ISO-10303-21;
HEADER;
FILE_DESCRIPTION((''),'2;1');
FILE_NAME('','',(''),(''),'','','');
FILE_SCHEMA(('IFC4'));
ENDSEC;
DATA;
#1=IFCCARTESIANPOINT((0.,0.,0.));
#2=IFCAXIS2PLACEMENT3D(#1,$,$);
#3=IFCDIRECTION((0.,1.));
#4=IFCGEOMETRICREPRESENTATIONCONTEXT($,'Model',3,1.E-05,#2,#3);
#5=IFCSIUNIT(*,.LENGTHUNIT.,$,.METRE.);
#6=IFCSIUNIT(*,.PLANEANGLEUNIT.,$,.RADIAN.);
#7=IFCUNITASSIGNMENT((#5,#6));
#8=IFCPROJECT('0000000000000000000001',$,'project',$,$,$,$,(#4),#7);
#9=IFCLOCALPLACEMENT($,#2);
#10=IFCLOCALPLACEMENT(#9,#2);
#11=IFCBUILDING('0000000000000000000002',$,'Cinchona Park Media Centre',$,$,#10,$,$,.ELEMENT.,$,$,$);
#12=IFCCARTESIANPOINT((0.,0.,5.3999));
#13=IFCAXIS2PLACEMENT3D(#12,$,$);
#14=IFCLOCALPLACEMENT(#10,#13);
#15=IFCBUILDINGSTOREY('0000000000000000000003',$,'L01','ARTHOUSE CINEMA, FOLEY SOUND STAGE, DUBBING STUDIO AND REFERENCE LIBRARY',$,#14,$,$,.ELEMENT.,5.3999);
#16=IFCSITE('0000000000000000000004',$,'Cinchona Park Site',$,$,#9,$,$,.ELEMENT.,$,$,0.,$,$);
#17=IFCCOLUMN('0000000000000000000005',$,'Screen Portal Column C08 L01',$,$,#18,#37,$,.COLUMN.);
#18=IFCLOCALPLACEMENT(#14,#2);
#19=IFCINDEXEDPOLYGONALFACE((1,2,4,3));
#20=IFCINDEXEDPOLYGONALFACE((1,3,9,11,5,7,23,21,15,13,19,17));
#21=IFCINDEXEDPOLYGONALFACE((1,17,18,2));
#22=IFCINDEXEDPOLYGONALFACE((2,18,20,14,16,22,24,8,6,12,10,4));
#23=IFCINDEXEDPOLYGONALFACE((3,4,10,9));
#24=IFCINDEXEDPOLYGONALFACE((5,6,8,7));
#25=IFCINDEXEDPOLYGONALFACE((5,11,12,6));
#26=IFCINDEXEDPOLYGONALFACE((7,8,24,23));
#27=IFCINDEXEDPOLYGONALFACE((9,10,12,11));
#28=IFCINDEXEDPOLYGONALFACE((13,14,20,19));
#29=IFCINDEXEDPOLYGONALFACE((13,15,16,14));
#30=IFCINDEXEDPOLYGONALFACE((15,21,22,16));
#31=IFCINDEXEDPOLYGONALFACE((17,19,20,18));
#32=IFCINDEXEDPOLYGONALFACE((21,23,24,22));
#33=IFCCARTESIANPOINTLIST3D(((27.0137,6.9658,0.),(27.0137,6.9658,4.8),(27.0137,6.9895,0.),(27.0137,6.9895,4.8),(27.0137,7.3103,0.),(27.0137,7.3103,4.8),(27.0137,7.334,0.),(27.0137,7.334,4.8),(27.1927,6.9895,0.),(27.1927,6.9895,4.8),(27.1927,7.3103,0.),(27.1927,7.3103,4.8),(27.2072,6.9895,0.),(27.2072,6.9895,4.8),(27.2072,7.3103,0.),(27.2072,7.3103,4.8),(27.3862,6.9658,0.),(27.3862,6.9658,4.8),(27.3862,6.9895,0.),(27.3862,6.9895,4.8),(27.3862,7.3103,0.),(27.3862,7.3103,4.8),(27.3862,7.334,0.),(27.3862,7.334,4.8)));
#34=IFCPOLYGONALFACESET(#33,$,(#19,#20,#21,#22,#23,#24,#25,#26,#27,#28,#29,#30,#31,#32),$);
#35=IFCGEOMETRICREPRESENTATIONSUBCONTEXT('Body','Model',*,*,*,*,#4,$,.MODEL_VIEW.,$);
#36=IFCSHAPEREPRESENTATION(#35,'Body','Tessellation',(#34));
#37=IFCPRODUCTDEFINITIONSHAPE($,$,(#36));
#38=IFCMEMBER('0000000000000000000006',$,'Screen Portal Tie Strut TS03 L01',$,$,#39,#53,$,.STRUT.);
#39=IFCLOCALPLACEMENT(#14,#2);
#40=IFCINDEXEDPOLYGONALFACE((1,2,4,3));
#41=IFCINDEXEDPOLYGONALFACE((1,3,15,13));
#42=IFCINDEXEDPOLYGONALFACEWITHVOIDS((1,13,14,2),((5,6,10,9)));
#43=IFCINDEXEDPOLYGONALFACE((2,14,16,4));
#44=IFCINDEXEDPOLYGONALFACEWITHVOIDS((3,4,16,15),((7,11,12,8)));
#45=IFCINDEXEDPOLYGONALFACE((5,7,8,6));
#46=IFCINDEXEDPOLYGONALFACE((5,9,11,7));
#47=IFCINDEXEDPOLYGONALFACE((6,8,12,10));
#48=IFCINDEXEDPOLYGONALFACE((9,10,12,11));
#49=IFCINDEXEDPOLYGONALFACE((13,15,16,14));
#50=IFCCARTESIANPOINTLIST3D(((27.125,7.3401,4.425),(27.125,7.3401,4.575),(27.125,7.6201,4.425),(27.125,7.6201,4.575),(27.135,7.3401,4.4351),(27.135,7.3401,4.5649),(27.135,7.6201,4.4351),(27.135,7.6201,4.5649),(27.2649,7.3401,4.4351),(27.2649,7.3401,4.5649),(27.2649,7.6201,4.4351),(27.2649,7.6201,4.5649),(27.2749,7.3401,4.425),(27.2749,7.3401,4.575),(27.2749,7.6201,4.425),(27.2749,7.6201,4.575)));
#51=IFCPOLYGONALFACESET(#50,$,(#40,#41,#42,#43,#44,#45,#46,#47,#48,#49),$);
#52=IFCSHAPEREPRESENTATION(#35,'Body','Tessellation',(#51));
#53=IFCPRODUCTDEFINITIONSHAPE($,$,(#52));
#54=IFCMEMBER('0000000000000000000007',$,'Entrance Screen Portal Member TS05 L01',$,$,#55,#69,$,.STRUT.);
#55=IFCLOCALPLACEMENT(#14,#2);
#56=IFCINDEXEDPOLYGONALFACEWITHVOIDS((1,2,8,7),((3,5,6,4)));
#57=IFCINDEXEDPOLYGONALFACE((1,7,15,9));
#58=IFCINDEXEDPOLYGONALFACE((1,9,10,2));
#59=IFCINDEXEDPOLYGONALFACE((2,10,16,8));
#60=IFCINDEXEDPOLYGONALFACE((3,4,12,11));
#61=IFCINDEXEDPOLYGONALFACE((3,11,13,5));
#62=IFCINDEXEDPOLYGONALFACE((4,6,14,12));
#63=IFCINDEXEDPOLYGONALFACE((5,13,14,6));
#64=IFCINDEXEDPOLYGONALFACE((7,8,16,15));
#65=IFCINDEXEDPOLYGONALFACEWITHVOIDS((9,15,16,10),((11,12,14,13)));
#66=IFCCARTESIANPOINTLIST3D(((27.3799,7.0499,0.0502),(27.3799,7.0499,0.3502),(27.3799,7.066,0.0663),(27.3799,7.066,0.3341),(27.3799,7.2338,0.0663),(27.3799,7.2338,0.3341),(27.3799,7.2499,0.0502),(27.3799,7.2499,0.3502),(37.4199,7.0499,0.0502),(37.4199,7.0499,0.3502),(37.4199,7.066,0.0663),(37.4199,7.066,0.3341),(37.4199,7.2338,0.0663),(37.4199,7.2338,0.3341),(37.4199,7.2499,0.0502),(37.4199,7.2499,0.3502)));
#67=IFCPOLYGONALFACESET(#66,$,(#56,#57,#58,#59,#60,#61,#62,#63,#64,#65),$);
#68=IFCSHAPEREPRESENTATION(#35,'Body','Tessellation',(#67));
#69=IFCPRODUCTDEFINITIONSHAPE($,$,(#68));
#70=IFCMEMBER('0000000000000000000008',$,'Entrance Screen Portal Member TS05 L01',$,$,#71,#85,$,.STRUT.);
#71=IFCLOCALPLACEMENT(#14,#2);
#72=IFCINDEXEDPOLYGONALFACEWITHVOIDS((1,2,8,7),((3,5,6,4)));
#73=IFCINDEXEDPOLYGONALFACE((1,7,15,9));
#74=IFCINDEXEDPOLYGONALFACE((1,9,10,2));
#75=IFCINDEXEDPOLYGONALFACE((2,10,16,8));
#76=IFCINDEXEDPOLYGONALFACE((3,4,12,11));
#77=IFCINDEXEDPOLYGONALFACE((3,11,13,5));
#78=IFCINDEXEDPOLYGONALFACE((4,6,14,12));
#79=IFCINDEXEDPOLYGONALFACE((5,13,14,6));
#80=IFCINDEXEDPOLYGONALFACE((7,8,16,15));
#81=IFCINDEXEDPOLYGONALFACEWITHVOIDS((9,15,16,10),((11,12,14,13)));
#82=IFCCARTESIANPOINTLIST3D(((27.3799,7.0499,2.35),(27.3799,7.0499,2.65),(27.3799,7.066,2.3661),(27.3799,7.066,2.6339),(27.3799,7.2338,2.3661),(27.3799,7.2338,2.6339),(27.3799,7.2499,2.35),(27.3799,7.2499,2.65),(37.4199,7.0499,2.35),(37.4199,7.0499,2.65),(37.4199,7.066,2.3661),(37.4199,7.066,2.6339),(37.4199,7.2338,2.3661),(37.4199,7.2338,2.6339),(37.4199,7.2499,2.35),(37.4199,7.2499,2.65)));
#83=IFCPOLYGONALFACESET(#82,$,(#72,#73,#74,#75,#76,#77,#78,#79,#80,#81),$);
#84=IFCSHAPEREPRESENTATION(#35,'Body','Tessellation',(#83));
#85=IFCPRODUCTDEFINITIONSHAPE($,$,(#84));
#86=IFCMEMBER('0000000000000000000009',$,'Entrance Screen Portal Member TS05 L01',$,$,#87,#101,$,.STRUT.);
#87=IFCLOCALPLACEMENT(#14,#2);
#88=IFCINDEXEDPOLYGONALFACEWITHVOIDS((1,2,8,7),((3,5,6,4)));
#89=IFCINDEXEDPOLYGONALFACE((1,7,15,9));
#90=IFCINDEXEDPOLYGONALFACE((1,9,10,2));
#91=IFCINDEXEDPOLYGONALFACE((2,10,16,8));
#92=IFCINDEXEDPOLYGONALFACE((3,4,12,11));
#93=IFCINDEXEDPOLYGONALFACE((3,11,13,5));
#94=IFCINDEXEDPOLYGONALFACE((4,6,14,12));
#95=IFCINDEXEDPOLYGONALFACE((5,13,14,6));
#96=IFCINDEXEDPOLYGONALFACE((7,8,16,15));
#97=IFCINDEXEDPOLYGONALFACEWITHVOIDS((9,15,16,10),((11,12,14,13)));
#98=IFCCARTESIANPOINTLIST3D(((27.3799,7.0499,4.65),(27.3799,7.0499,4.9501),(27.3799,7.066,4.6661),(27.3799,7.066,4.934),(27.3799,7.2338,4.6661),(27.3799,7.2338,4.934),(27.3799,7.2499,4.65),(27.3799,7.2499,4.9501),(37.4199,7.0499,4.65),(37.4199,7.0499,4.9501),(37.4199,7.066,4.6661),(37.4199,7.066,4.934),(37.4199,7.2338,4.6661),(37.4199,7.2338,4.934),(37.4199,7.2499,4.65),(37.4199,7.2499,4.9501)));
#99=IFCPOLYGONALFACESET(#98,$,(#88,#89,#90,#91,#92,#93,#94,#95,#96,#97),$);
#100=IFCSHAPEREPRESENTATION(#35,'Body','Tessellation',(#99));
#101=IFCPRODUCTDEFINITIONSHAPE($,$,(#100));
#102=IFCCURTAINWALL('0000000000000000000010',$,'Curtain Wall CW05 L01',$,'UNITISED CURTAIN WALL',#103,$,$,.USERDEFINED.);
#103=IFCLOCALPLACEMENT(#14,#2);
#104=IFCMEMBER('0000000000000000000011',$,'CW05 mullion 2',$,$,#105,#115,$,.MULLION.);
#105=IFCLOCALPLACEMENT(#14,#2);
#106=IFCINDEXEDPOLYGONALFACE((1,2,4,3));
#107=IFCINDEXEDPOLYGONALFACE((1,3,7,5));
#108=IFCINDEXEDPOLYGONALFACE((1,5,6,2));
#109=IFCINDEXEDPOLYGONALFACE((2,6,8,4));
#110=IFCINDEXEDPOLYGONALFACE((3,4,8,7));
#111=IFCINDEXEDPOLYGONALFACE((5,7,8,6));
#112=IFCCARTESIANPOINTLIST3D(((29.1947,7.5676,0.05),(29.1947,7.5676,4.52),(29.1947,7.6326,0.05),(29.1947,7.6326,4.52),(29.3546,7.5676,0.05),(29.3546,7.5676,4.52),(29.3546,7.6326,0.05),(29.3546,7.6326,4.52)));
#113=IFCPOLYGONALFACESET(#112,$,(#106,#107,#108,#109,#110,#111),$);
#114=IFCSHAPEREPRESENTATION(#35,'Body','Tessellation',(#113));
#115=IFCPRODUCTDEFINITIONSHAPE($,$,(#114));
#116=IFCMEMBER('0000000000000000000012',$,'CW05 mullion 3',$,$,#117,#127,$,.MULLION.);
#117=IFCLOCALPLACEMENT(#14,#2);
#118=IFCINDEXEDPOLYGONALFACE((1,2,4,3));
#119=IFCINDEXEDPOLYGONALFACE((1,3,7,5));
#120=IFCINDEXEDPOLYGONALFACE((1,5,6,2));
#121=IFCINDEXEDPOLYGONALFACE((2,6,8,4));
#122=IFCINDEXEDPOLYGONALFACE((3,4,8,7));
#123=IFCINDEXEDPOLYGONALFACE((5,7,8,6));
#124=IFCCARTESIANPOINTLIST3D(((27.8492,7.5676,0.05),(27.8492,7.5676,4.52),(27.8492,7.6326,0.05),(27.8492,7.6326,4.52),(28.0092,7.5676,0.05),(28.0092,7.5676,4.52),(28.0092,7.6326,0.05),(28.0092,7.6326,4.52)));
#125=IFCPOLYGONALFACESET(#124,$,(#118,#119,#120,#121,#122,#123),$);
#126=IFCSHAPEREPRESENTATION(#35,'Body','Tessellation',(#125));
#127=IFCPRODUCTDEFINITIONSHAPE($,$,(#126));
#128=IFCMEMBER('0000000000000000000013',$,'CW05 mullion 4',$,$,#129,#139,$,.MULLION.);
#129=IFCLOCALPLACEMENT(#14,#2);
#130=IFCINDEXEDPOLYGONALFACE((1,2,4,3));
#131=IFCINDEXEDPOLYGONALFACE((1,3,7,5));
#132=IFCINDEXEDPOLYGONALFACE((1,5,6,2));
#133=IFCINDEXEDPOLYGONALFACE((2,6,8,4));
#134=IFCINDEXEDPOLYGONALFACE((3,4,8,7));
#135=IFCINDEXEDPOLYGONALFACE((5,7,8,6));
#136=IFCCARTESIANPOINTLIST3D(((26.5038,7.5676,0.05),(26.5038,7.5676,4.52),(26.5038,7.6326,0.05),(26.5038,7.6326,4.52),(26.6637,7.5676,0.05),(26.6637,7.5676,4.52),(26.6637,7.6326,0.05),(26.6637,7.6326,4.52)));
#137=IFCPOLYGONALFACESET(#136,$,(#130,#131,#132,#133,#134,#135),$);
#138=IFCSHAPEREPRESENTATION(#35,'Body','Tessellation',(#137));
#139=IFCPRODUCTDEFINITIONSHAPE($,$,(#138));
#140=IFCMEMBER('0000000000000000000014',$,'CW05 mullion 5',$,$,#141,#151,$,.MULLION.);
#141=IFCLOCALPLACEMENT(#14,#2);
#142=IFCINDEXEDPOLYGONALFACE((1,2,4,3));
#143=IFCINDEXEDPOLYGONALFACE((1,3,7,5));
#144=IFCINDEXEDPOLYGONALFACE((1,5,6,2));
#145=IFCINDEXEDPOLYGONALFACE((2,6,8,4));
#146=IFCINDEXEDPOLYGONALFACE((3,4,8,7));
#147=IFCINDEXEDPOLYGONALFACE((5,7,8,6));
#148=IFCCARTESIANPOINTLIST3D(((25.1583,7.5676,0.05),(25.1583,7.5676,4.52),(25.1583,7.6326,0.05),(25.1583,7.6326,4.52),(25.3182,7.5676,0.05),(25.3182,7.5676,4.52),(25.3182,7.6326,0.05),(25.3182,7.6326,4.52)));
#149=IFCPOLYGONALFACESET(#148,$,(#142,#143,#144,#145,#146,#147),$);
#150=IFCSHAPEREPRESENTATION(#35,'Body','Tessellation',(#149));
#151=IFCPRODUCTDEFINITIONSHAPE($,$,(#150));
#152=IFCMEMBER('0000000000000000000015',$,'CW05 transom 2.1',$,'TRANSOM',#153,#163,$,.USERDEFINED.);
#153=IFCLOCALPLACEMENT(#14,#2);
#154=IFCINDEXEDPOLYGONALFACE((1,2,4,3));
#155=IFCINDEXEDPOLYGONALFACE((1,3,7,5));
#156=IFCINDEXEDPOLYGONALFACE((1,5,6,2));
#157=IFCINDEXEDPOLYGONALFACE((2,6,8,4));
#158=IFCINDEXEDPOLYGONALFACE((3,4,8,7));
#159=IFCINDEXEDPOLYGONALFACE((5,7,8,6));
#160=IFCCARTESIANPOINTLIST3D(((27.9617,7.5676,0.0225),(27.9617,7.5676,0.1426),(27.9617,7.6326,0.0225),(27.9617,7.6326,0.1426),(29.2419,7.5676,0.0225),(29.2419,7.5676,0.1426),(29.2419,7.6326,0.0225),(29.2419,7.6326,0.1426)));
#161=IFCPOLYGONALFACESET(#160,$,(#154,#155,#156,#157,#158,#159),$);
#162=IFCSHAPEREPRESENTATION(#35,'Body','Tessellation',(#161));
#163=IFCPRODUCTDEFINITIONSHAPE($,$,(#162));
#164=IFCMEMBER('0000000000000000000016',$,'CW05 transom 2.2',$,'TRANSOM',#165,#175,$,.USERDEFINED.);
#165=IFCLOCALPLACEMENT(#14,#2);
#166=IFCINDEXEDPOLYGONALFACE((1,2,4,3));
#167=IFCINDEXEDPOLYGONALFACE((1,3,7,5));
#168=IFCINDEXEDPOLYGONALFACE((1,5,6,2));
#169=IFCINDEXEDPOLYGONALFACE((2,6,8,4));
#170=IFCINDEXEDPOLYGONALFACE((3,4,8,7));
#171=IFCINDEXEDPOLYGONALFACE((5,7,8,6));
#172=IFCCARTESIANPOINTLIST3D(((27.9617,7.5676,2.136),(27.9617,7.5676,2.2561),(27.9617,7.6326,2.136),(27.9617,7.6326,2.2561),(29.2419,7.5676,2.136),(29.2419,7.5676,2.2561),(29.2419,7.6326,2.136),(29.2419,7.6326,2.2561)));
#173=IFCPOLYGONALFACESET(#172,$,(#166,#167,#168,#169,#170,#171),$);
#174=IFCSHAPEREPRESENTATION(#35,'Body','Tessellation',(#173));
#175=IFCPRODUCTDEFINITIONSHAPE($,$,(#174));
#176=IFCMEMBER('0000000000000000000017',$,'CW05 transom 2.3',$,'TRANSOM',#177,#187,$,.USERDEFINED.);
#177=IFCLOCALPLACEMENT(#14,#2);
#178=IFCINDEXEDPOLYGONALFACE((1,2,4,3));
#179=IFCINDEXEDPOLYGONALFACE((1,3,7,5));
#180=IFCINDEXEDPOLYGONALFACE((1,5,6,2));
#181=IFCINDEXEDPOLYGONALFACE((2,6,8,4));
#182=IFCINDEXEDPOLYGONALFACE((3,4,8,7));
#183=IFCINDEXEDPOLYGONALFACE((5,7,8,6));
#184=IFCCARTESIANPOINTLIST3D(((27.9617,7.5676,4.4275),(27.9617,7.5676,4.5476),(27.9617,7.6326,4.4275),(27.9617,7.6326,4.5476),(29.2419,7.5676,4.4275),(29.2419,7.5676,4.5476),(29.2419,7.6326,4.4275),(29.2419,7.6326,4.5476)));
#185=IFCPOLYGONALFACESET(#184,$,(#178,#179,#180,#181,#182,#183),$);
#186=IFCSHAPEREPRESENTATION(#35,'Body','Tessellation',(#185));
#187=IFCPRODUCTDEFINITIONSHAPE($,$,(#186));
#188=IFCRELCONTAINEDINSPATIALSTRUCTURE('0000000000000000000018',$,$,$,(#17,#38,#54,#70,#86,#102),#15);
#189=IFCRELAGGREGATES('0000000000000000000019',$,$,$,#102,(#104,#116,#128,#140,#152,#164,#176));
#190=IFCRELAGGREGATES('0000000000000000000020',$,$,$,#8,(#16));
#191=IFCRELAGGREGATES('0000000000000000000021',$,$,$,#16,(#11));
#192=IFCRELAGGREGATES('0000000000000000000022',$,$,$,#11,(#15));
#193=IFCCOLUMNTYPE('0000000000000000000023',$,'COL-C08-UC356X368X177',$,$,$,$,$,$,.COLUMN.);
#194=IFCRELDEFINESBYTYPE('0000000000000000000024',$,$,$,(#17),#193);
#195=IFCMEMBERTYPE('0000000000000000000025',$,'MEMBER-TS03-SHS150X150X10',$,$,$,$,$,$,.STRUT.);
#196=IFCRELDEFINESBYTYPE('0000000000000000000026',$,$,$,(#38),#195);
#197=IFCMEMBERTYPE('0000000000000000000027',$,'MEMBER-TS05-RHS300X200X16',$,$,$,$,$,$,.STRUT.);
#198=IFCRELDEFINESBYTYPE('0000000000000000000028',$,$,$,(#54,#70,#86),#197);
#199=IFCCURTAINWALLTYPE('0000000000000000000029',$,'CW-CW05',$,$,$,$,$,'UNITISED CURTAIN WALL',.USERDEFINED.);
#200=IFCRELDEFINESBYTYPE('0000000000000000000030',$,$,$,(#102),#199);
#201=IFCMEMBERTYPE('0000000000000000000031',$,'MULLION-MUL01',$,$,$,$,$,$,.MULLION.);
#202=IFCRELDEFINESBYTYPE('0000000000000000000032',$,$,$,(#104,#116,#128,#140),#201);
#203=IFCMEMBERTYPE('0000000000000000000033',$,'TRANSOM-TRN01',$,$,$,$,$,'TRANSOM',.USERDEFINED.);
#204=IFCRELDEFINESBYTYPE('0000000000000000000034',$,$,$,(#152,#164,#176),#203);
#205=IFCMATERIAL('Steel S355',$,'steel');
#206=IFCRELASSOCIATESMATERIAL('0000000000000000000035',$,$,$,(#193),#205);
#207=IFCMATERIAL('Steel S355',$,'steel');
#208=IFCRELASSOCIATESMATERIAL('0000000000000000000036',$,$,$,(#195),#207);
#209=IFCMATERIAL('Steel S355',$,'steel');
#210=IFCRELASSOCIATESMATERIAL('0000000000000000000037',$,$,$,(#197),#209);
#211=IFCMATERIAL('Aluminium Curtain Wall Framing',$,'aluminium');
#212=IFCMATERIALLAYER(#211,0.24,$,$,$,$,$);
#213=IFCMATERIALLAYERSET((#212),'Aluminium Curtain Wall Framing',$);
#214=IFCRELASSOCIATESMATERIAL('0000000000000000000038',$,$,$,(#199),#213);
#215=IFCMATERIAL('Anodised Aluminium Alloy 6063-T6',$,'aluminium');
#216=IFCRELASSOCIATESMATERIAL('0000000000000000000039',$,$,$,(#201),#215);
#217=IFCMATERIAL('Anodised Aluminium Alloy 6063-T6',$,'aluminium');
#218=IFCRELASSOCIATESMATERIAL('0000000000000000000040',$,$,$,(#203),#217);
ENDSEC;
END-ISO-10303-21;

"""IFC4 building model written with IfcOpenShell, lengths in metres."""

from ifc_helpers import new_model, si_unit, direction, frame, origin, origin_2d, place, context, subcontext, project, spatial, rectangle, hollow_rectangle, i_section, extrude, material, layer, layer_set, material_profile, profile_set, type_object, element, aggregate, save


model = new_model("IFC4")

# Units and contexts
model_context = context("Model", 3, precision=1e-05, world=origin(), true_north=direction((0.0, 1.0)))
body_context = subcontext(model_context, "Body", "Model", "MODEL_VIEW")
ifc_project = project(units=[si_unit("LENGTHUNIT", "METRE"), si_unit("PLANEANGLEUNIT", "RADIAN")], contexts=[model_context])

# Site, building, storey
site_placement = place(None, origin())
site = spatial("IfcSite", under=ifc_project, at=site_placement, Name="Cinchona Park Site", CompositionType="ELEMENT", RefElevation=0.0)
building_placement = place(site_placement, origin())
building = spatial("IfcBuilding", under=site, at=building_placement, Name="Cinchona Park Media Centre", CompositionType="ELEMENT")
storey_placement = place(building_placement, frame((0.0, 0.0, 5.3999)))
storey = spatial("IfcBuildingStorey", under=building, at=storey_placement, Name="L01", Description="ARTHOUSE CINEMA, FOLEY SOUND STAGE, DUBBING STUDIO AND REFERENCE LIBRARY", CompositionType="ELEMENT", Elevation=5.3999)

# Column
ifc_material_1 = material(Name="Steel S355", Category="steel")
ifc_material_profile_1 = material_profile(ifc_material_1, i_section(OverallWidth=0.3726, OverallDepth=0.3682, WebThickness=0.0144, FlangeThickness=0.0237, at=origin_2d()), Name="UC356X368X177")
ifc_profile_set_1 = profile_set([ifc_material_profile_1], Name="Steel S355")
column_type = type_object("IfcColumnType", Name="COL-C08-UC356X368X177", PredefinedType="COLUMN", material=ifc_profile_set_1)
column_placement = place(storey_placement, frame((27.2, 7.1499, 0.0), z_axis=(0.0, 0.0, 1.0), x_axis=(1.0, 0.0, 0.0)))
element("IfcColumn", 1, at=column_placement, inside=storey, type_object=column_type, Name="Screen Portal Column C08 L01", PredefinedType="COLUMN", context=body_context, shape_type="SweptSolid", body=[
    extrude(i_section(OverallWidth=0.3726, OverallDepth=0.3682, WebThickness=0.0144, FlangeThickness=0.0237, at=origin_2d()), origin(), (0.0, 0.0, 1.0), 4.8),
])

# Members
ifc_material_2 = material(Name="Steel S355", Category="steel")
ifc_material_profile_2 = material_profile(ifc_material_2, hollow_rectangle(XDim=0.1499, YDim=0.1499, WallThickness=0.01, at=origin_2d()), Name="150X150X10SHS")
ifc_profile_set_2 = profile_set([ifc_material_profile_2], Name="Steel S355")
member_type_1 = type_object("IfcMemberType", Name="MEMBER-TS03-SHS150X150X10", PredefinedType="STRUT", material=ifc_profile_set_2)
member_1_placement = place(storey_placement, frame((27.2, 7.3401, 4.5), z_axis=(0.0, 1.0, 0.0), x_axis=(-1.0, 0.0, 0.0)))
element("IfcMember", 2, at=member_1_placement, inside=storey, type_object=member_type_1, Name="Screen Portal Tie Strut TS03 L01", PredefinedType="STRUT", context=body_context, shape_type="SweptSolid", body=[
    extrude(hollow_rectangle(XDim=0.1499, YDim=0.1499, WallThickness=0.01, at=origin_2d()), origin(), (0.0, 0.0, 1.0), 0.28),
])
ifc_material_3 = material(Name="Steel S355", Category="steel")
ifc_material_profile_3 = material_profile(ifc_material_3, hollow_rectangle(XDim=0.2, YDim=0.3, WallThickness=0.0161, at=origin_2d()), Name="300X200X16RHS")
ifc_profile_set_3 = profile_set([ifc_material_profile_3], Name="Steel S355")
member_type_2 = type_object("IfcMemberType", Name="MEMBER-TS05-RHS300X200X16", PredefinedType="STRUT", material=ifc_profile_set_3)
for number, where, z_axis, x_axis, name in (
    (3, (27.3799, 7.1499, 0.2002), (1.0, 0.0, 0.0), (0.0, 1.0, 0.0), "Entrance Screen Portal Member TS05 L01"),
    (4, (27.3799, 7.1499, 2.5), (1.0, 0.0, 0.0), (0.0, 1.0, 0.0), "Entrance Screen Portal Member TS05 L01"),
    (5, (27.3799, 7.1499, 4.8), (1.0, 0.0, 0.0), (0.0, 1.0, 0.0), "Entrance Screen Portal Member TS05 L01"),
):
    element("IfcMember", number, at=place(storey_placement, frame(where, z_axis=z_axis, x_axis=x_axis)), inside=storey, type_object=member_type_2, Name=name, PredefinedType="STRUT", context=body_context, shape_type="SweptSolid", body=[
        extrude(hollow_rectangle(XDim=0.2, YDim=0.3, WallThickness=0.0161, at=origin_2d()), origin(), (0.0, 0.0, 1.0), 10.04),
    ])

# Curtain wall, members
ifc_material_4 = material(Name="Aluminium Curtain Wall Framing", Category="aluminium")
ifc_layer_1 = layer(ifc_material_4, 0.24)
ifc_layer_set_1 = layer_set([ifc_layer_1], Name="Aluminium Curtain Wall Framing")
curtain_wall_type = type_object("IfcCurtainWallType", Name="CW-CW05", ElementType="UNITISED CURTAIN WALL", PredefinedType="USERDEFINED", material=ifc_layer_set_1)
curtain_wall_placement = place(storey_placement, origin())
curtain_wall = element("IfcCurtainWall", 6, at=curtain_wall_placement, inside=storey, type_object=curtain_wall_type, Name="Curtain Wall CW05 L01", ObjectType="UNITISED CURTAIN WALL", PredefinedType="USERDEFINED")
ifc_material_5 = material(Name="Anodised Aluminium Alloy 6063-T6", Category="aluminium")
ifc_material_profile_4 = material_profile(ifc_material_5, rectangle(XDim=0.0649, YDim=0.1599, at=origin_2d()), Name="MUL-65X160")
ifc_profile_set_4 = profile_set([ifc_material_profile_4], Name="Anodised Aluminium Alloy 6063-T6")
member_type_3 = type_object("IfcMemberType", Name="MULLION-MUL01", PredefinedType="MULLION", material=ifc_profile_set_4)
member_2_placement = place(storey_placement, frame((29.2747, 7.6001, 0.05), z_axis=(0.0, 0.0, 1.0), x_axis=(0.0, -1.0, 0.0)))
member_2 = element("IfcMember", 7, at=member_2_placement, type_object=member_type_3, Name="CW05 mullion 2", PredefinedType="MULLION", context=body_context, shape_type="SweptSolid", body=[
    extrude(rectangle(XDim=0.0649, YDim=0.1599, at=origin_2d()), origin(), (0.0, 0.0, 1.0), 4.47),
])
member_3_placement = place(storey_placement, frame((27.9292, 7.6001, 0.05), z_axis=(0.0, 0.0, 1.0), x_axis=(0.0, -1.0, 0.0)))
member_3 = element("IfcMember", 8, at=member_3_placement, type_object=member_type_3, Name="CW05 mullion 3", PredefinedType="MULLION", context=body_context, shape_type="SweptSolid", body=[
    extrude(rectangle(XDim=0.0649, YDim=0.1599, at=origin_2d()), origin(), (0.0, 0.0, 1.0), 4.47),
])
member_4_placement = place(storey_placement, frame((26.5837, 7.6001, 0.05), z_axis=(0.0, 0.0, 1.0), x_axis=(0.0, -1.0, 0.0)))
member_4 = element("IfcMember", 9, at=member_4_placement, type_object=member_type_3, Name="CW05 mullion 4", PredefinedType="MULLION", context=body_context, shape_type="SweptSolid", body=[
    extrude(rectangle(XDim=0.0649, YDim=0.1599, at=origin_2d()), origin(), (0.0, 0.0, 1.0), 4.47),
])
member_5_placement = place(storey_placement, frame((25.2383, 7.6001, 0.05), z_axis=(0.0, 0.0, 1.0), x_axis=(0.0, -1.0, 0.0)))
member_5 = element("IfcMember", 10, at=member_5_placement, type_object=member_type_3, Name="CW05 mullion 5", PredefinedType="MULLION", context=body_context, shape_type="SweptSolid", body=[
    extrude(rectangle(XDim=0.0649, YDim=0.1599, at=origin_2d()), origin(), (0.0, 0.0, 1.0), 4.47),
])
ifc_material_6 = material(Name="Anodised Aluminium Alloy 6063-T6", Category="aluminium")
ifc_material_profile_5 = material_profile(ifc_material_6, rectangle(XDim=0.0649, YDim=0.1201, at=origin_2d()), Name="TRN-65X120")
ifc_profile_set_5 = profile_set([ifc_material_profile_5], Name="Anodised Aluminium Alloy 6063-T6")
member_type_4 = type_object("IfcMemberType", Name="TRANSOM-TRN01", ElementType="TRANSOM", PredefinedType="USERDEFINED", material=ifc_profile_set_5)
member_6_placement = place(storey_placement, frame((29.2419, 7.6001, 0.0825), z_axis=(-1.0, 0.0, 0.0), x_axis=(0.0, -1.0, 0.0)))
member_6 = element("IfcMember", 11, at=member_6_placement, type_object=member_type_4, Name="CW05 transom 2.1", ObjectType="TRANSOM", PredefinedType="USERDEFINED", context=body_context, shape_type="SweptSolid", body=[
    extrude(rectangle(XDim=0.0649, YDim=0.1201, at=origin_2d()), origin(), (0.0, 0.0, 1.0), 1.2803),
])
member_7_placement = place(storey_placement, frame((29.2419, 7.6001, 2.196), z_axis=(-1.0, 0.0, 0.0), x_axis=(0.0, -1.0, 0.0)))
member_7 = element("IfcMember", 12, at=member_7_placement, type_object=member_type_4, Name="CW05 transom 2.2", ObjectType="TRANSOM", PredefinedType="USERDEFINED", context=body_context, shape_type="SweptSolid", body=[
    extrude(rectangle(XDim=0.0649, YDim=0.1201, at=origin_2d()), origin(), (0.0, 0.0, 1.0), 1.2803),
])
member_8_placement = place(storey_placement, frame((29.2419, 7.6001, 4.4875), z_axis=(-1.0, 0.0, 0.0), x_axis=(0.0, -1.0, 0.0)))
member_8 = element("IfcMember", 13, at=member_8_placement, type_object=member_type_4, Name="CW05 transom 2.3", ObjectType="TRANSOM", PredefinedType="USERDEFINED", context=body_context, shape_type="SweptSolid", body=[
    extrude(rectangle(XDim=0.0649, YDim=0.1201, at=origin_2d()), origin(), (0.0, 0.0, 1.0), 1.2803),
])
aggregate(curtain_wall, [member_2, member_3, member_4, member_5, member_6, member_7, member_8])

save(model, "model.ifc")
